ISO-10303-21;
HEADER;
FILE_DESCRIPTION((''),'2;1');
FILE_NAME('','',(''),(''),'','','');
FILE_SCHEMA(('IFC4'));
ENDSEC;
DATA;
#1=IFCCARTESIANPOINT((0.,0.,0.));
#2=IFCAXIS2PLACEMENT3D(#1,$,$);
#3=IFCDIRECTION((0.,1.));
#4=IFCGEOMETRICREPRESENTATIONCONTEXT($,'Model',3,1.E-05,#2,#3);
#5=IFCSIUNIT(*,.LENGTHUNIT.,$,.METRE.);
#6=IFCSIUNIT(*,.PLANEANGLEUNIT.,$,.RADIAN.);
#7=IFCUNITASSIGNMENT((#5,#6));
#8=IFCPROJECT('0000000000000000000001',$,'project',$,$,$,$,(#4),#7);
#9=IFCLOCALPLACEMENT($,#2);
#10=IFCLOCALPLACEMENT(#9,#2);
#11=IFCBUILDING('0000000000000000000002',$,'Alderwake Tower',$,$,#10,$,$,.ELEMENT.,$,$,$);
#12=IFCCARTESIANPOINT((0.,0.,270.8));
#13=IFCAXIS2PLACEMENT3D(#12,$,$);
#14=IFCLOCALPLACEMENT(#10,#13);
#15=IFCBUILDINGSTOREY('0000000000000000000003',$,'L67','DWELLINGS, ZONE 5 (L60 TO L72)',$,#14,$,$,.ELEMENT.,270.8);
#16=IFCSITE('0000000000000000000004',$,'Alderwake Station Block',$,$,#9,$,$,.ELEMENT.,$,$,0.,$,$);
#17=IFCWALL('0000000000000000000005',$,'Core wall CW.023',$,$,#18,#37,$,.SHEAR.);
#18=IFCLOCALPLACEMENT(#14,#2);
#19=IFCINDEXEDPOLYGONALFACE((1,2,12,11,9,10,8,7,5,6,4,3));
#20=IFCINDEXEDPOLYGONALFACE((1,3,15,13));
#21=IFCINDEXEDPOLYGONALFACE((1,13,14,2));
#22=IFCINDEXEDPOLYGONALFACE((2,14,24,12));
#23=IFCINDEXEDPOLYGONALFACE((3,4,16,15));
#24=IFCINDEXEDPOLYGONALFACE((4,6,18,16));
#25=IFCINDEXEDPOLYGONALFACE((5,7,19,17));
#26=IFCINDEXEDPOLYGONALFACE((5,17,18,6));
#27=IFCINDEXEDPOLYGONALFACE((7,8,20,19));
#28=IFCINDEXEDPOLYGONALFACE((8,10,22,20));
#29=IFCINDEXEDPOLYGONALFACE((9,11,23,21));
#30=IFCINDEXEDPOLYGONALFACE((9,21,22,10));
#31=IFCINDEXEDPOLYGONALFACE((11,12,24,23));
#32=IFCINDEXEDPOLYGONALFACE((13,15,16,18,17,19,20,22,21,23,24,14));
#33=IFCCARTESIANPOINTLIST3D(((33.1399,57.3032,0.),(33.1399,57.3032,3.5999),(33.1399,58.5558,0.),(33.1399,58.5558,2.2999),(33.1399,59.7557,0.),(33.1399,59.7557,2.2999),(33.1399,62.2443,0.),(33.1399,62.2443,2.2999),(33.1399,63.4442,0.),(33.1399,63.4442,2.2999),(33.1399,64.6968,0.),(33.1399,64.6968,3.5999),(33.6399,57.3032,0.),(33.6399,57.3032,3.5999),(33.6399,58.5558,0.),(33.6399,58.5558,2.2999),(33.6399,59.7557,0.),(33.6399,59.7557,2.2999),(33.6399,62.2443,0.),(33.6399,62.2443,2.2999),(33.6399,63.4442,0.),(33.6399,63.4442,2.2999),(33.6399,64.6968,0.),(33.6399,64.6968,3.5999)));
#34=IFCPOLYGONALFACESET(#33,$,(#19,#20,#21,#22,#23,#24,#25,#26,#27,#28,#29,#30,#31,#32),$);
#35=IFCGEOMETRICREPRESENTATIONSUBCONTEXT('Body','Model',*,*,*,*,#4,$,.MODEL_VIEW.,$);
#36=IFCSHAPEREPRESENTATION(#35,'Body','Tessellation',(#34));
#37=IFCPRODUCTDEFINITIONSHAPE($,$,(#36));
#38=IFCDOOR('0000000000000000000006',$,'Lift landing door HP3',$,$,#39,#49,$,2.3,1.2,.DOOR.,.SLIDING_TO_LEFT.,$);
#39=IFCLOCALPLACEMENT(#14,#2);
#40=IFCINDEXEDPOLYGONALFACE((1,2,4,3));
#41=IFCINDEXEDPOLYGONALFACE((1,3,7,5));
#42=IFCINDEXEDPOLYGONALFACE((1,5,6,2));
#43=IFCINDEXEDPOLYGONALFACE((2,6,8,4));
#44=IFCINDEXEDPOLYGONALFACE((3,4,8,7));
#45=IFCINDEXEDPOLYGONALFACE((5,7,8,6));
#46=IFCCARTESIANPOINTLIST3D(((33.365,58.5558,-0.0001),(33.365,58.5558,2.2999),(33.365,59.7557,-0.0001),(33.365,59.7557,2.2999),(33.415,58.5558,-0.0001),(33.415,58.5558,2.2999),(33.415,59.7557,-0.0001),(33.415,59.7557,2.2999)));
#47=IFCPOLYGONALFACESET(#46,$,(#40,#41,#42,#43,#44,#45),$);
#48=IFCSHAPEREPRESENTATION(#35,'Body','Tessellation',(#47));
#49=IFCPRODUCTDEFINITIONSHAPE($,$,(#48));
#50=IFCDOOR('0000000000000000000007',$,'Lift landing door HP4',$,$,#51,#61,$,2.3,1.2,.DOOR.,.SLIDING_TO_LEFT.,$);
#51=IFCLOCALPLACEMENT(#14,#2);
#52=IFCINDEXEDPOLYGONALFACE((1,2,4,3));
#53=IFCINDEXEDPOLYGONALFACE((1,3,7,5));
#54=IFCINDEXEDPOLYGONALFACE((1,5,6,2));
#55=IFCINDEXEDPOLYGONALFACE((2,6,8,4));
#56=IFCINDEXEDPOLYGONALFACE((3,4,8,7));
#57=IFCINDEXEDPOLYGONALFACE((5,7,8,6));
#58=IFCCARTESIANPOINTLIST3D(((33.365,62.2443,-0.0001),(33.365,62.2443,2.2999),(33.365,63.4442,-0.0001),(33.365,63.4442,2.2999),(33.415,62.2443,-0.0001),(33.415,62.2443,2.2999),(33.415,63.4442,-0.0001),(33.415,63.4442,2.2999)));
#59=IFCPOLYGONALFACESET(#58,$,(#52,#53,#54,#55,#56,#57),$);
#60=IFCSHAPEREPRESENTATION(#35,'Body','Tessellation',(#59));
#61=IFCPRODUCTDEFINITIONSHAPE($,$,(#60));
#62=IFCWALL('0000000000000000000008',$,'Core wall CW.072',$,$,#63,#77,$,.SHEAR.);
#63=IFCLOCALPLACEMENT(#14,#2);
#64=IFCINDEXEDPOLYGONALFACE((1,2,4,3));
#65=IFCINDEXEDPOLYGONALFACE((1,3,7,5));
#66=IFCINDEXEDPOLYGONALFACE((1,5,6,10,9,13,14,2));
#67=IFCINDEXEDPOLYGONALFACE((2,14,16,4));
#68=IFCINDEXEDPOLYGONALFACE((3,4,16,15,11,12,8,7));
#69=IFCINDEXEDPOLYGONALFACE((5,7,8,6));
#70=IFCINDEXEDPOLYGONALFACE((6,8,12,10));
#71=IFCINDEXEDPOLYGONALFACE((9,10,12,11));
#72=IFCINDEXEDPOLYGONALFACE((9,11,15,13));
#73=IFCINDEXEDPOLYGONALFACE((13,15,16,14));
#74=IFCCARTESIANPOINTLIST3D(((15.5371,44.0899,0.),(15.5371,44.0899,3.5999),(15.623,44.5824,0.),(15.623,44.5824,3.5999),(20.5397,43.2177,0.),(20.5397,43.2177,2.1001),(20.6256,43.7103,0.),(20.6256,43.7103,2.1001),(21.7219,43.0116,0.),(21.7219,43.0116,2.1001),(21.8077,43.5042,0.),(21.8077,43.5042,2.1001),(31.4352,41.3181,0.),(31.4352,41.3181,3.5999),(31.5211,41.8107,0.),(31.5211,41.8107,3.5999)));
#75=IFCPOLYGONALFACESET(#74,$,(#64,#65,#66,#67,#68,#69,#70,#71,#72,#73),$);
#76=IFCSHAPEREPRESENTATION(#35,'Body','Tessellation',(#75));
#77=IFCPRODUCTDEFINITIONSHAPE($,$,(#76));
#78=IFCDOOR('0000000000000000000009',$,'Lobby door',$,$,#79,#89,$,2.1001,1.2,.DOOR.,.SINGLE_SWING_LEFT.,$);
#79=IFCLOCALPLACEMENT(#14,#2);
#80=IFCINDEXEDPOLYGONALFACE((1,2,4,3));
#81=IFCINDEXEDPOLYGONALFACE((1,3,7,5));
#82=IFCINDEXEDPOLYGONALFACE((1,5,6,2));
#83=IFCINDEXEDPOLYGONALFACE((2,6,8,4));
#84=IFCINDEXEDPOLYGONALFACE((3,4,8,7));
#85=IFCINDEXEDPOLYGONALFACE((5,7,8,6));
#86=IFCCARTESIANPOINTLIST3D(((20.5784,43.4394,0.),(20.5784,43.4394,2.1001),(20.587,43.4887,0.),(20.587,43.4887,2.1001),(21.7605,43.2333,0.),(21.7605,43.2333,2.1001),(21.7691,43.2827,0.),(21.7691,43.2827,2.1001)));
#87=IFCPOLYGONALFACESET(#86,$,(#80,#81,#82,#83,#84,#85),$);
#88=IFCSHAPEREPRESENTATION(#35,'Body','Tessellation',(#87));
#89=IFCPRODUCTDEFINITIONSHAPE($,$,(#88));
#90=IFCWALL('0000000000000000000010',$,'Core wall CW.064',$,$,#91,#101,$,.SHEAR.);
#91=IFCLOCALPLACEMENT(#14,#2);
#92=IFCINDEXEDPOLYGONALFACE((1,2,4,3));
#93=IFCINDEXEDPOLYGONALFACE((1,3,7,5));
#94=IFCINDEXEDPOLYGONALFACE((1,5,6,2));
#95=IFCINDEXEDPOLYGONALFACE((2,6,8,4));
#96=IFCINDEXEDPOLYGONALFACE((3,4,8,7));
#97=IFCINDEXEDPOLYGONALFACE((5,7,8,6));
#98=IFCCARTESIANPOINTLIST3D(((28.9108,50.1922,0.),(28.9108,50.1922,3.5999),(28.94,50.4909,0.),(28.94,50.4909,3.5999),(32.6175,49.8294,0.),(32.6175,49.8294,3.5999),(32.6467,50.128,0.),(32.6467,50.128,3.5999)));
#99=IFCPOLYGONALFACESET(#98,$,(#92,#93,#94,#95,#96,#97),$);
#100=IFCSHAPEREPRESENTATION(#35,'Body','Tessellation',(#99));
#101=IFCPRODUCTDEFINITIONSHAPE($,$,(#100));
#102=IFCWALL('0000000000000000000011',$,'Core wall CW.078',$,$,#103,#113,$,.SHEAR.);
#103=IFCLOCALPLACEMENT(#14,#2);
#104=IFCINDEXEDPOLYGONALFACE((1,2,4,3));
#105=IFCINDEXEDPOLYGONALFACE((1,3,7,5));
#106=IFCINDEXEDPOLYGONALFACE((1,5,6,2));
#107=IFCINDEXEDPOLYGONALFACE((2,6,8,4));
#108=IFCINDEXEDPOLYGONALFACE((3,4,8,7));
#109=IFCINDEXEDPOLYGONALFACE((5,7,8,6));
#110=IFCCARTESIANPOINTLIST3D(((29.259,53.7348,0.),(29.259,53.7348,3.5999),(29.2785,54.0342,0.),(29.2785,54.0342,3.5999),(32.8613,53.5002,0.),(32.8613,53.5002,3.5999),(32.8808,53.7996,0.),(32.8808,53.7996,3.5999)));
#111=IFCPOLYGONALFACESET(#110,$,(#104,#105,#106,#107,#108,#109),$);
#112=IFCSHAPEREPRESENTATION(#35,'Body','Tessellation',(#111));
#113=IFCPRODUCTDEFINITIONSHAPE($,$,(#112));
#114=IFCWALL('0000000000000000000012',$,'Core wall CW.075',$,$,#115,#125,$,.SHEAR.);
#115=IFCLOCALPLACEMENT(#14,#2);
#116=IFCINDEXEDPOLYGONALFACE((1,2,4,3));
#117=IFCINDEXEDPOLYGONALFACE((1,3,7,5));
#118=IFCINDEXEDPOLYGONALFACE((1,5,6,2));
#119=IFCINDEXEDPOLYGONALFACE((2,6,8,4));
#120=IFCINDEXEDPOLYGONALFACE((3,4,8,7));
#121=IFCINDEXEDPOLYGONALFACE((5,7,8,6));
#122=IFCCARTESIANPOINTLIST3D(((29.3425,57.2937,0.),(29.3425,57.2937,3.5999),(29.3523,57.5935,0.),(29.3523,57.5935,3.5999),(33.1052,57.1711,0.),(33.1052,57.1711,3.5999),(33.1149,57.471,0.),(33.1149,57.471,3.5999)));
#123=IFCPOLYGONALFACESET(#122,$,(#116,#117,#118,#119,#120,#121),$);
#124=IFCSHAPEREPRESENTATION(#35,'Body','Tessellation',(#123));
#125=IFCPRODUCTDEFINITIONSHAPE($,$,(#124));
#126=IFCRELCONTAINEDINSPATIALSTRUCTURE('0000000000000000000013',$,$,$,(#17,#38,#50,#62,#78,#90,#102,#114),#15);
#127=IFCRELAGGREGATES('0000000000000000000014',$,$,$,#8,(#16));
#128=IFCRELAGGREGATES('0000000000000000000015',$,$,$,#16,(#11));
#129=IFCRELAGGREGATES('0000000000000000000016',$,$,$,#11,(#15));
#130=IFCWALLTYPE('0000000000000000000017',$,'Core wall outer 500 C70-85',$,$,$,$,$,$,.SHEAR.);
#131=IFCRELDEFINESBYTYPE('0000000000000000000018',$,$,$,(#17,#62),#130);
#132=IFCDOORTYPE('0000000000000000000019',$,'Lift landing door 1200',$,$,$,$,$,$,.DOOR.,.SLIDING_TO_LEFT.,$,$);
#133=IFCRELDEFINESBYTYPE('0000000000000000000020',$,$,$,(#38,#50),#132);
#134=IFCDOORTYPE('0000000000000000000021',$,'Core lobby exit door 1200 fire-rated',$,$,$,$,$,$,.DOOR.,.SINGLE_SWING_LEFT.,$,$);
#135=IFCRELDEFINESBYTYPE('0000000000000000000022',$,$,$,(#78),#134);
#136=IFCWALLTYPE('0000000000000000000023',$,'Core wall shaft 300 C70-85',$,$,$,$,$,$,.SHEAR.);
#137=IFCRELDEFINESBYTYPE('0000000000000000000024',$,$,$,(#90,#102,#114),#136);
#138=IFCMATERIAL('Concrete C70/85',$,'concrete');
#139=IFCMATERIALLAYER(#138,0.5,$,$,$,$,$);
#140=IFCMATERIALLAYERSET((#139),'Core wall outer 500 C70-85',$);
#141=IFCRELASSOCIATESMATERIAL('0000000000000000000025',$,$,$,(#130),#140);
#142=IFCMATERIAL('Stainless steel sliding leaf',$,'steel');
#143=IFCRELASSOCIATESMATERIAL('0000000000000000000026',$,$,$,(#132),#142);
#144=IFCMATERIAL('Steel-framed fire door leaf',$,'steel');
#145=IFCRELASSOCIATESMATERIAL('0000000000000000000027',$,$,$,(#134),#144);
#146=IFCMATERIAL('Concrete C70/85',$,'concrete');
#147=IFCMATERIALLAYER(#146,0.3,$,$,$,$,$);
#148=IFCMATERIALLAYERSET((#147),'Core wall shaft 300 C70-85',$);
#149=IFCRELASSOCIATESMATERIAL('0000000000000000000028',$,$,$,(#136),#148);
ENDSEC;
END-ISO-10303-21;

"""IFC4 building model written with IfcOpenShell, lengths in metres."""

from ifc_helpers import new_model, si_unit, direction, frame, frame_2d, origin, place, context, subcontext, project, spatial, rectangle, extrude, material, layer, layer_set, type_object, element, fill, save


model = new_model("IFC4")

# Units and contexts
model_context = context("Model", 3, precision=1e-05, world=origin(), true_north=direction((0.0, 1.0)))
body_context = subcontext(model_context, "Body", "Model", "MODEL_VIEW")
ifc_project = project(units=[si_unit("LENGTHUNIT", "METRE"), si_unit("PLANEANGLEUNIT", "RADIAN")], contexts=[model_context])

# Site, building, storey
site_placement = place(None, origin())
site = spatial("IfcSite", under=ifc_project, at=site_placement, Name="Alderwake Station Block", CompositionType="ELEMENT", RefElevation=0.0)
building_placement = place(site_placement, origin())
building = spatial("IfcBuilding", under=site, at=building_placement, Name="Alderwake Tower", CompositionType="ELEMENT")
storey_placement = place(building_placement, frame((0.0, 0.0, 270.8)))
storey = spatial("IfcBuildingStorey", under=building, at=storey_placement, Name="L67", Description="DWELLINGS, ZONE 5 (L60 TO L72)", CompositionType="ELEMENT", Elevation=270.8)

# Shared definitions
ifc_material_1 = material(Name="Concrete C70/85", Category="concrete")
ifc_layer_1 = layer(ifc_material_1, 0.5)
ifc_layer_set_1 = layer_set([ifc_layer_1], Name="Core wall outer 500 C70-85")
wall_type_1 = type_object("IfcWallType", Name="Core wall outer 500 C70-85", PredefinedType="SHEAR", material=ifc_layer_set_1)

# Wall, openings, doors
ifc_material_2 = material(Name="Stainless steel sliding leaf", Category="steel")
door_type_1 = type_object("IfcDoorType", Name="Lift landing door 1200", OperationType="SLIDING_TO_LEFT", PredefinedType="DOOR", material=ifc_material_2)
wall_1_placement = place(storey_placement, frame((33.3899, 57.3032, 0.0), z_axis=(0.0, 0.0, 1.0), x_axis=(0.0, 1.0, 0.0)))
wall_1 = element("IfcWall", 1, at=wall_1_placement, inside=storey, type_object=wall_type_1, Name="Core wall CW.023", PredefinedType="SHEAR", context=body_context, shape_type="SweptSolid", body=[
    extrude(rectangle(XDim=7.3936, YDim=0.5, at=frame_2d((3.6968, 0.0))), origin(), (0.0, 0.0, 1.0), 3.5999),
])
opening_1_placement = place(wall_1_placement, frame((1.2524, 0.0, 0.0)))
opening_1 = element("IfcOpeningElement", 2, at=opening_1_placement, cuts=wall_1, PredefinedType="OPENING", context=body_context, shape_type="SweptSolid", body=[
    extrude(rectangle(XDim=1.2, YDim=2.3, at=frame_2d((0.6001, 1.1499))), frame((0.0, 0.26, 0.0), z_axis=(0.0, -1.0, 0.0), x_axis=(1.0, 0.0, 0.0)), (0.0, 0.0, 1.0), 0.52),
])
opening_2_placement = place(wall_1_placement, frame((4.9409, 0.0, 0.0)))
opening_2 = element("IfcOpeningElement", 3, at=opening_2_placement, cuts=wall_1, PredefinedType="OPENING", context=body_context, shape_type="SweptSolid", body=[
    extrude(rectangle(XDim=1.2, YDim=2.3, at=frame_2d((0.6001, 1.1499))), frame((0.0, 0.26, 0.0), z_axis=(0.0, -1.0, 0.0), x_axis=(1.0, 0.0, 0.0)), (0.0, 0.0, 1.0), 0.52),
])
door_1_placement = place(opening_1_placement, origin())
door_1 = element("IfcDoor", 4, at=door_1_placement, inside=storey, type_object=door_type_1, Name="Lift landing door HP3", OperationType="SLIDING_TO_LEFT", OverallHeight=2.3, OverallWidth=1.2, PredefinedType="DOOR", context=body_context, shape_type="SweptSolid", body=[
    extrude(rectangle(XDim=1.2, YDim=2.3, at=frame_2d((0.6001, 1.1499))), frame((0.0, 0.0249, 0.0), z_axis=(0.0, -1.0, 0.0), x_axis=(1.0, 0.0, 0.0)), (0.0, 0.0, 1.0), 0.05),
])
fill(opening_1, door_1)
door_2_placement = place(opening_2_placement, origin())
door_2 = element("IfcDoor", 5, at=door_2_placement, inside=storey, type_object=door_type_1, Name="Lift landing door HP4", OperationType="SLIDING_TO_LEFT", OverallHeight=2.3, OverallWidth=1.2, PredefinedType="DOOR", context=body_context, shape_type="SweptSolid", body=[
    extrude(rectangle(XDim=1.2, YDim=2.3, at=frame_2d((0.6001, 1.1499))), frame((0.0, 0.0249, 0.0), z_axis=(0.0, -1.0, 0.0), x_axis=(1.0, 0.0, 0.0)), (0.0, 0.0, 1.0), 0.05),
])
fill(opening_2, door_2)

# Wall, opening, door
wall_2_placement = place(storey_placement, frame((31.478, 41.5645, 0.0), z_axis=(0.0, 0.0, 1.0), x_axis=(-0.98514, 0.171752, 0.0)))
wall_2 = element("IfcWall", 6, at=wall_2_placement, inside=storey, type_object=wall_type_1, Name="Core wall CW.072", PredefinedType="SHEAR", context=body_context, shape_type="SweptSolid", body=[
    extrude(rectangle(XDim=16.1379, YDim=0.5, at=frame_2d((8.0688, 0.0))), origin(), (0.0, 0.0, 1.0), 3.5999),
])
opening_3_placement = place(wall_2_placement, frame((9.8596, 0.0, 0.0)))
opening_3 = element("IfcOpeningElement", 7, at=opening_3_placement, cuts=wall_2, PredefinedType="OPENING", context=body_context, shape_type="SweptSolid", body=[
    extrude(rectangle(XDim=1.2, YDim=2.1001, at=frame_2d((0.6001, 1.05))), frame((0.0, 0.26, 0.0), z_axis=(0.0, -1.0, 0.0), x_axis=(1.0, 0.0, 0.0)), (0.0, 0.0, 1.0), 0.52),
])
ifc_material_3 = material(Name="Steel-framed fire door leaf", Category="steel")
door_type_2 = type_object("IfcDoorType", Name="Core lobby exit door 1200 fire-rated", OperationType="SINGLE_SWING_LEFT", PredefinedType="DOOR", material=ifc_material_3)
door_3_placement = place(opening_3_placement, origin())
door_3 = element("IfcDoor", 8, at=door_3_placement, inside=storey, type_object=door_type_2, Name="Lobby door", OperationType="SINGLE_SWING_LEFT", OverallHeight=2.1001, OverallWidth=1.2, PredefinedType="DOOR", context=body_context, shape_type="SweptSolid", body=[
    extrude(rectangle(XDim=1.2, YDim=2.1001, at=frame_2d((0.6001, 1.05))), frame((0.0, 0.0249, 0.0), z_axis=(0.0, -1.0, 0.0), x_axis=(1.0, 0.0, 0.0)), (0.0, 0.0, 1.0), 0.05),
])
fill(opening_3, door_3)

# Walls
ifc_material_4 = material(Name="Concrete C70/85", Category="concrete")
ifc_layer_2 = layer(ifc_material_4, 0.3)
ifc_layer_set_2 = layer_set([ifc_layer_2], Name="Core wall shaft 300 C70-85")
wall_type_2 = type_object("IfcWallType", Name="Core wall shaft 300 C70-85", PredefinedType="SHEAR", material=ifc_layer_set_2)
wall_3_placement = place(storey_placement, frame((28.9253, 50.3416, 0.0), z_axis=(0.0, 0.0, 1.0), x_axis=(0.995244, -0.097414, 0.0)))
element("IfcWall", 9, at=wall_3_placement, inside=storey, type_object=wall_type_2, Name="Core wall CW.064", PredefinedType="SHEAR", context=body_context, shape_type="SweptSolid", body=[
    extrude(rectangle(XDim=3.7244, YDim=0.3, at=frame_2d((1.8623, 0.0))), origin(), (0.0, 0.0, 1.0), 3.5999),
])
wall_4_placement = place(storey_placement, frame((29.2688, 53.8845, 0.0), z_axis=(0.0, 0.0, 1.0), x_axis=(0.997886, -0.064993, 0.0)))
element("IfcWall", 10, at=wall_4_placement, inside=storey, type_object=wall_type_2, Name="Core wall CW.078", PredefinedType="SHEAR", context=body_context, shape_type="SweptSolid", body=[
    extrude(rectangle(XDim=3.6099, YDim=0.3, at=frame_2d((1.8049, 0.0))), origin(), (0.0, 0.0, 1.0), 3.5999),
])
wall_5_placement = place(storey_placement, frame((29.3474, 57.4436, 0.0), z_axis=(0.0, 0.0, 1.0), x_axis=(0.99947, -0.032555, 0.0)))
element("IfcWall", 11, at=wall_5_placement, inside=storey, type_object=wall_type_2, Name="Core wall CW.075", PredefinedType="SHEAR", context=body_context, shape_type="SweptSolid", body=[
    extrude(rectangle(XDim=3.7646, YDim=0.3, at=frame_2d((1.8823, 0.0))), origin(), (0.0, 0.0, 1.0), 3.5999),
])

save(model, "model.ifc")
